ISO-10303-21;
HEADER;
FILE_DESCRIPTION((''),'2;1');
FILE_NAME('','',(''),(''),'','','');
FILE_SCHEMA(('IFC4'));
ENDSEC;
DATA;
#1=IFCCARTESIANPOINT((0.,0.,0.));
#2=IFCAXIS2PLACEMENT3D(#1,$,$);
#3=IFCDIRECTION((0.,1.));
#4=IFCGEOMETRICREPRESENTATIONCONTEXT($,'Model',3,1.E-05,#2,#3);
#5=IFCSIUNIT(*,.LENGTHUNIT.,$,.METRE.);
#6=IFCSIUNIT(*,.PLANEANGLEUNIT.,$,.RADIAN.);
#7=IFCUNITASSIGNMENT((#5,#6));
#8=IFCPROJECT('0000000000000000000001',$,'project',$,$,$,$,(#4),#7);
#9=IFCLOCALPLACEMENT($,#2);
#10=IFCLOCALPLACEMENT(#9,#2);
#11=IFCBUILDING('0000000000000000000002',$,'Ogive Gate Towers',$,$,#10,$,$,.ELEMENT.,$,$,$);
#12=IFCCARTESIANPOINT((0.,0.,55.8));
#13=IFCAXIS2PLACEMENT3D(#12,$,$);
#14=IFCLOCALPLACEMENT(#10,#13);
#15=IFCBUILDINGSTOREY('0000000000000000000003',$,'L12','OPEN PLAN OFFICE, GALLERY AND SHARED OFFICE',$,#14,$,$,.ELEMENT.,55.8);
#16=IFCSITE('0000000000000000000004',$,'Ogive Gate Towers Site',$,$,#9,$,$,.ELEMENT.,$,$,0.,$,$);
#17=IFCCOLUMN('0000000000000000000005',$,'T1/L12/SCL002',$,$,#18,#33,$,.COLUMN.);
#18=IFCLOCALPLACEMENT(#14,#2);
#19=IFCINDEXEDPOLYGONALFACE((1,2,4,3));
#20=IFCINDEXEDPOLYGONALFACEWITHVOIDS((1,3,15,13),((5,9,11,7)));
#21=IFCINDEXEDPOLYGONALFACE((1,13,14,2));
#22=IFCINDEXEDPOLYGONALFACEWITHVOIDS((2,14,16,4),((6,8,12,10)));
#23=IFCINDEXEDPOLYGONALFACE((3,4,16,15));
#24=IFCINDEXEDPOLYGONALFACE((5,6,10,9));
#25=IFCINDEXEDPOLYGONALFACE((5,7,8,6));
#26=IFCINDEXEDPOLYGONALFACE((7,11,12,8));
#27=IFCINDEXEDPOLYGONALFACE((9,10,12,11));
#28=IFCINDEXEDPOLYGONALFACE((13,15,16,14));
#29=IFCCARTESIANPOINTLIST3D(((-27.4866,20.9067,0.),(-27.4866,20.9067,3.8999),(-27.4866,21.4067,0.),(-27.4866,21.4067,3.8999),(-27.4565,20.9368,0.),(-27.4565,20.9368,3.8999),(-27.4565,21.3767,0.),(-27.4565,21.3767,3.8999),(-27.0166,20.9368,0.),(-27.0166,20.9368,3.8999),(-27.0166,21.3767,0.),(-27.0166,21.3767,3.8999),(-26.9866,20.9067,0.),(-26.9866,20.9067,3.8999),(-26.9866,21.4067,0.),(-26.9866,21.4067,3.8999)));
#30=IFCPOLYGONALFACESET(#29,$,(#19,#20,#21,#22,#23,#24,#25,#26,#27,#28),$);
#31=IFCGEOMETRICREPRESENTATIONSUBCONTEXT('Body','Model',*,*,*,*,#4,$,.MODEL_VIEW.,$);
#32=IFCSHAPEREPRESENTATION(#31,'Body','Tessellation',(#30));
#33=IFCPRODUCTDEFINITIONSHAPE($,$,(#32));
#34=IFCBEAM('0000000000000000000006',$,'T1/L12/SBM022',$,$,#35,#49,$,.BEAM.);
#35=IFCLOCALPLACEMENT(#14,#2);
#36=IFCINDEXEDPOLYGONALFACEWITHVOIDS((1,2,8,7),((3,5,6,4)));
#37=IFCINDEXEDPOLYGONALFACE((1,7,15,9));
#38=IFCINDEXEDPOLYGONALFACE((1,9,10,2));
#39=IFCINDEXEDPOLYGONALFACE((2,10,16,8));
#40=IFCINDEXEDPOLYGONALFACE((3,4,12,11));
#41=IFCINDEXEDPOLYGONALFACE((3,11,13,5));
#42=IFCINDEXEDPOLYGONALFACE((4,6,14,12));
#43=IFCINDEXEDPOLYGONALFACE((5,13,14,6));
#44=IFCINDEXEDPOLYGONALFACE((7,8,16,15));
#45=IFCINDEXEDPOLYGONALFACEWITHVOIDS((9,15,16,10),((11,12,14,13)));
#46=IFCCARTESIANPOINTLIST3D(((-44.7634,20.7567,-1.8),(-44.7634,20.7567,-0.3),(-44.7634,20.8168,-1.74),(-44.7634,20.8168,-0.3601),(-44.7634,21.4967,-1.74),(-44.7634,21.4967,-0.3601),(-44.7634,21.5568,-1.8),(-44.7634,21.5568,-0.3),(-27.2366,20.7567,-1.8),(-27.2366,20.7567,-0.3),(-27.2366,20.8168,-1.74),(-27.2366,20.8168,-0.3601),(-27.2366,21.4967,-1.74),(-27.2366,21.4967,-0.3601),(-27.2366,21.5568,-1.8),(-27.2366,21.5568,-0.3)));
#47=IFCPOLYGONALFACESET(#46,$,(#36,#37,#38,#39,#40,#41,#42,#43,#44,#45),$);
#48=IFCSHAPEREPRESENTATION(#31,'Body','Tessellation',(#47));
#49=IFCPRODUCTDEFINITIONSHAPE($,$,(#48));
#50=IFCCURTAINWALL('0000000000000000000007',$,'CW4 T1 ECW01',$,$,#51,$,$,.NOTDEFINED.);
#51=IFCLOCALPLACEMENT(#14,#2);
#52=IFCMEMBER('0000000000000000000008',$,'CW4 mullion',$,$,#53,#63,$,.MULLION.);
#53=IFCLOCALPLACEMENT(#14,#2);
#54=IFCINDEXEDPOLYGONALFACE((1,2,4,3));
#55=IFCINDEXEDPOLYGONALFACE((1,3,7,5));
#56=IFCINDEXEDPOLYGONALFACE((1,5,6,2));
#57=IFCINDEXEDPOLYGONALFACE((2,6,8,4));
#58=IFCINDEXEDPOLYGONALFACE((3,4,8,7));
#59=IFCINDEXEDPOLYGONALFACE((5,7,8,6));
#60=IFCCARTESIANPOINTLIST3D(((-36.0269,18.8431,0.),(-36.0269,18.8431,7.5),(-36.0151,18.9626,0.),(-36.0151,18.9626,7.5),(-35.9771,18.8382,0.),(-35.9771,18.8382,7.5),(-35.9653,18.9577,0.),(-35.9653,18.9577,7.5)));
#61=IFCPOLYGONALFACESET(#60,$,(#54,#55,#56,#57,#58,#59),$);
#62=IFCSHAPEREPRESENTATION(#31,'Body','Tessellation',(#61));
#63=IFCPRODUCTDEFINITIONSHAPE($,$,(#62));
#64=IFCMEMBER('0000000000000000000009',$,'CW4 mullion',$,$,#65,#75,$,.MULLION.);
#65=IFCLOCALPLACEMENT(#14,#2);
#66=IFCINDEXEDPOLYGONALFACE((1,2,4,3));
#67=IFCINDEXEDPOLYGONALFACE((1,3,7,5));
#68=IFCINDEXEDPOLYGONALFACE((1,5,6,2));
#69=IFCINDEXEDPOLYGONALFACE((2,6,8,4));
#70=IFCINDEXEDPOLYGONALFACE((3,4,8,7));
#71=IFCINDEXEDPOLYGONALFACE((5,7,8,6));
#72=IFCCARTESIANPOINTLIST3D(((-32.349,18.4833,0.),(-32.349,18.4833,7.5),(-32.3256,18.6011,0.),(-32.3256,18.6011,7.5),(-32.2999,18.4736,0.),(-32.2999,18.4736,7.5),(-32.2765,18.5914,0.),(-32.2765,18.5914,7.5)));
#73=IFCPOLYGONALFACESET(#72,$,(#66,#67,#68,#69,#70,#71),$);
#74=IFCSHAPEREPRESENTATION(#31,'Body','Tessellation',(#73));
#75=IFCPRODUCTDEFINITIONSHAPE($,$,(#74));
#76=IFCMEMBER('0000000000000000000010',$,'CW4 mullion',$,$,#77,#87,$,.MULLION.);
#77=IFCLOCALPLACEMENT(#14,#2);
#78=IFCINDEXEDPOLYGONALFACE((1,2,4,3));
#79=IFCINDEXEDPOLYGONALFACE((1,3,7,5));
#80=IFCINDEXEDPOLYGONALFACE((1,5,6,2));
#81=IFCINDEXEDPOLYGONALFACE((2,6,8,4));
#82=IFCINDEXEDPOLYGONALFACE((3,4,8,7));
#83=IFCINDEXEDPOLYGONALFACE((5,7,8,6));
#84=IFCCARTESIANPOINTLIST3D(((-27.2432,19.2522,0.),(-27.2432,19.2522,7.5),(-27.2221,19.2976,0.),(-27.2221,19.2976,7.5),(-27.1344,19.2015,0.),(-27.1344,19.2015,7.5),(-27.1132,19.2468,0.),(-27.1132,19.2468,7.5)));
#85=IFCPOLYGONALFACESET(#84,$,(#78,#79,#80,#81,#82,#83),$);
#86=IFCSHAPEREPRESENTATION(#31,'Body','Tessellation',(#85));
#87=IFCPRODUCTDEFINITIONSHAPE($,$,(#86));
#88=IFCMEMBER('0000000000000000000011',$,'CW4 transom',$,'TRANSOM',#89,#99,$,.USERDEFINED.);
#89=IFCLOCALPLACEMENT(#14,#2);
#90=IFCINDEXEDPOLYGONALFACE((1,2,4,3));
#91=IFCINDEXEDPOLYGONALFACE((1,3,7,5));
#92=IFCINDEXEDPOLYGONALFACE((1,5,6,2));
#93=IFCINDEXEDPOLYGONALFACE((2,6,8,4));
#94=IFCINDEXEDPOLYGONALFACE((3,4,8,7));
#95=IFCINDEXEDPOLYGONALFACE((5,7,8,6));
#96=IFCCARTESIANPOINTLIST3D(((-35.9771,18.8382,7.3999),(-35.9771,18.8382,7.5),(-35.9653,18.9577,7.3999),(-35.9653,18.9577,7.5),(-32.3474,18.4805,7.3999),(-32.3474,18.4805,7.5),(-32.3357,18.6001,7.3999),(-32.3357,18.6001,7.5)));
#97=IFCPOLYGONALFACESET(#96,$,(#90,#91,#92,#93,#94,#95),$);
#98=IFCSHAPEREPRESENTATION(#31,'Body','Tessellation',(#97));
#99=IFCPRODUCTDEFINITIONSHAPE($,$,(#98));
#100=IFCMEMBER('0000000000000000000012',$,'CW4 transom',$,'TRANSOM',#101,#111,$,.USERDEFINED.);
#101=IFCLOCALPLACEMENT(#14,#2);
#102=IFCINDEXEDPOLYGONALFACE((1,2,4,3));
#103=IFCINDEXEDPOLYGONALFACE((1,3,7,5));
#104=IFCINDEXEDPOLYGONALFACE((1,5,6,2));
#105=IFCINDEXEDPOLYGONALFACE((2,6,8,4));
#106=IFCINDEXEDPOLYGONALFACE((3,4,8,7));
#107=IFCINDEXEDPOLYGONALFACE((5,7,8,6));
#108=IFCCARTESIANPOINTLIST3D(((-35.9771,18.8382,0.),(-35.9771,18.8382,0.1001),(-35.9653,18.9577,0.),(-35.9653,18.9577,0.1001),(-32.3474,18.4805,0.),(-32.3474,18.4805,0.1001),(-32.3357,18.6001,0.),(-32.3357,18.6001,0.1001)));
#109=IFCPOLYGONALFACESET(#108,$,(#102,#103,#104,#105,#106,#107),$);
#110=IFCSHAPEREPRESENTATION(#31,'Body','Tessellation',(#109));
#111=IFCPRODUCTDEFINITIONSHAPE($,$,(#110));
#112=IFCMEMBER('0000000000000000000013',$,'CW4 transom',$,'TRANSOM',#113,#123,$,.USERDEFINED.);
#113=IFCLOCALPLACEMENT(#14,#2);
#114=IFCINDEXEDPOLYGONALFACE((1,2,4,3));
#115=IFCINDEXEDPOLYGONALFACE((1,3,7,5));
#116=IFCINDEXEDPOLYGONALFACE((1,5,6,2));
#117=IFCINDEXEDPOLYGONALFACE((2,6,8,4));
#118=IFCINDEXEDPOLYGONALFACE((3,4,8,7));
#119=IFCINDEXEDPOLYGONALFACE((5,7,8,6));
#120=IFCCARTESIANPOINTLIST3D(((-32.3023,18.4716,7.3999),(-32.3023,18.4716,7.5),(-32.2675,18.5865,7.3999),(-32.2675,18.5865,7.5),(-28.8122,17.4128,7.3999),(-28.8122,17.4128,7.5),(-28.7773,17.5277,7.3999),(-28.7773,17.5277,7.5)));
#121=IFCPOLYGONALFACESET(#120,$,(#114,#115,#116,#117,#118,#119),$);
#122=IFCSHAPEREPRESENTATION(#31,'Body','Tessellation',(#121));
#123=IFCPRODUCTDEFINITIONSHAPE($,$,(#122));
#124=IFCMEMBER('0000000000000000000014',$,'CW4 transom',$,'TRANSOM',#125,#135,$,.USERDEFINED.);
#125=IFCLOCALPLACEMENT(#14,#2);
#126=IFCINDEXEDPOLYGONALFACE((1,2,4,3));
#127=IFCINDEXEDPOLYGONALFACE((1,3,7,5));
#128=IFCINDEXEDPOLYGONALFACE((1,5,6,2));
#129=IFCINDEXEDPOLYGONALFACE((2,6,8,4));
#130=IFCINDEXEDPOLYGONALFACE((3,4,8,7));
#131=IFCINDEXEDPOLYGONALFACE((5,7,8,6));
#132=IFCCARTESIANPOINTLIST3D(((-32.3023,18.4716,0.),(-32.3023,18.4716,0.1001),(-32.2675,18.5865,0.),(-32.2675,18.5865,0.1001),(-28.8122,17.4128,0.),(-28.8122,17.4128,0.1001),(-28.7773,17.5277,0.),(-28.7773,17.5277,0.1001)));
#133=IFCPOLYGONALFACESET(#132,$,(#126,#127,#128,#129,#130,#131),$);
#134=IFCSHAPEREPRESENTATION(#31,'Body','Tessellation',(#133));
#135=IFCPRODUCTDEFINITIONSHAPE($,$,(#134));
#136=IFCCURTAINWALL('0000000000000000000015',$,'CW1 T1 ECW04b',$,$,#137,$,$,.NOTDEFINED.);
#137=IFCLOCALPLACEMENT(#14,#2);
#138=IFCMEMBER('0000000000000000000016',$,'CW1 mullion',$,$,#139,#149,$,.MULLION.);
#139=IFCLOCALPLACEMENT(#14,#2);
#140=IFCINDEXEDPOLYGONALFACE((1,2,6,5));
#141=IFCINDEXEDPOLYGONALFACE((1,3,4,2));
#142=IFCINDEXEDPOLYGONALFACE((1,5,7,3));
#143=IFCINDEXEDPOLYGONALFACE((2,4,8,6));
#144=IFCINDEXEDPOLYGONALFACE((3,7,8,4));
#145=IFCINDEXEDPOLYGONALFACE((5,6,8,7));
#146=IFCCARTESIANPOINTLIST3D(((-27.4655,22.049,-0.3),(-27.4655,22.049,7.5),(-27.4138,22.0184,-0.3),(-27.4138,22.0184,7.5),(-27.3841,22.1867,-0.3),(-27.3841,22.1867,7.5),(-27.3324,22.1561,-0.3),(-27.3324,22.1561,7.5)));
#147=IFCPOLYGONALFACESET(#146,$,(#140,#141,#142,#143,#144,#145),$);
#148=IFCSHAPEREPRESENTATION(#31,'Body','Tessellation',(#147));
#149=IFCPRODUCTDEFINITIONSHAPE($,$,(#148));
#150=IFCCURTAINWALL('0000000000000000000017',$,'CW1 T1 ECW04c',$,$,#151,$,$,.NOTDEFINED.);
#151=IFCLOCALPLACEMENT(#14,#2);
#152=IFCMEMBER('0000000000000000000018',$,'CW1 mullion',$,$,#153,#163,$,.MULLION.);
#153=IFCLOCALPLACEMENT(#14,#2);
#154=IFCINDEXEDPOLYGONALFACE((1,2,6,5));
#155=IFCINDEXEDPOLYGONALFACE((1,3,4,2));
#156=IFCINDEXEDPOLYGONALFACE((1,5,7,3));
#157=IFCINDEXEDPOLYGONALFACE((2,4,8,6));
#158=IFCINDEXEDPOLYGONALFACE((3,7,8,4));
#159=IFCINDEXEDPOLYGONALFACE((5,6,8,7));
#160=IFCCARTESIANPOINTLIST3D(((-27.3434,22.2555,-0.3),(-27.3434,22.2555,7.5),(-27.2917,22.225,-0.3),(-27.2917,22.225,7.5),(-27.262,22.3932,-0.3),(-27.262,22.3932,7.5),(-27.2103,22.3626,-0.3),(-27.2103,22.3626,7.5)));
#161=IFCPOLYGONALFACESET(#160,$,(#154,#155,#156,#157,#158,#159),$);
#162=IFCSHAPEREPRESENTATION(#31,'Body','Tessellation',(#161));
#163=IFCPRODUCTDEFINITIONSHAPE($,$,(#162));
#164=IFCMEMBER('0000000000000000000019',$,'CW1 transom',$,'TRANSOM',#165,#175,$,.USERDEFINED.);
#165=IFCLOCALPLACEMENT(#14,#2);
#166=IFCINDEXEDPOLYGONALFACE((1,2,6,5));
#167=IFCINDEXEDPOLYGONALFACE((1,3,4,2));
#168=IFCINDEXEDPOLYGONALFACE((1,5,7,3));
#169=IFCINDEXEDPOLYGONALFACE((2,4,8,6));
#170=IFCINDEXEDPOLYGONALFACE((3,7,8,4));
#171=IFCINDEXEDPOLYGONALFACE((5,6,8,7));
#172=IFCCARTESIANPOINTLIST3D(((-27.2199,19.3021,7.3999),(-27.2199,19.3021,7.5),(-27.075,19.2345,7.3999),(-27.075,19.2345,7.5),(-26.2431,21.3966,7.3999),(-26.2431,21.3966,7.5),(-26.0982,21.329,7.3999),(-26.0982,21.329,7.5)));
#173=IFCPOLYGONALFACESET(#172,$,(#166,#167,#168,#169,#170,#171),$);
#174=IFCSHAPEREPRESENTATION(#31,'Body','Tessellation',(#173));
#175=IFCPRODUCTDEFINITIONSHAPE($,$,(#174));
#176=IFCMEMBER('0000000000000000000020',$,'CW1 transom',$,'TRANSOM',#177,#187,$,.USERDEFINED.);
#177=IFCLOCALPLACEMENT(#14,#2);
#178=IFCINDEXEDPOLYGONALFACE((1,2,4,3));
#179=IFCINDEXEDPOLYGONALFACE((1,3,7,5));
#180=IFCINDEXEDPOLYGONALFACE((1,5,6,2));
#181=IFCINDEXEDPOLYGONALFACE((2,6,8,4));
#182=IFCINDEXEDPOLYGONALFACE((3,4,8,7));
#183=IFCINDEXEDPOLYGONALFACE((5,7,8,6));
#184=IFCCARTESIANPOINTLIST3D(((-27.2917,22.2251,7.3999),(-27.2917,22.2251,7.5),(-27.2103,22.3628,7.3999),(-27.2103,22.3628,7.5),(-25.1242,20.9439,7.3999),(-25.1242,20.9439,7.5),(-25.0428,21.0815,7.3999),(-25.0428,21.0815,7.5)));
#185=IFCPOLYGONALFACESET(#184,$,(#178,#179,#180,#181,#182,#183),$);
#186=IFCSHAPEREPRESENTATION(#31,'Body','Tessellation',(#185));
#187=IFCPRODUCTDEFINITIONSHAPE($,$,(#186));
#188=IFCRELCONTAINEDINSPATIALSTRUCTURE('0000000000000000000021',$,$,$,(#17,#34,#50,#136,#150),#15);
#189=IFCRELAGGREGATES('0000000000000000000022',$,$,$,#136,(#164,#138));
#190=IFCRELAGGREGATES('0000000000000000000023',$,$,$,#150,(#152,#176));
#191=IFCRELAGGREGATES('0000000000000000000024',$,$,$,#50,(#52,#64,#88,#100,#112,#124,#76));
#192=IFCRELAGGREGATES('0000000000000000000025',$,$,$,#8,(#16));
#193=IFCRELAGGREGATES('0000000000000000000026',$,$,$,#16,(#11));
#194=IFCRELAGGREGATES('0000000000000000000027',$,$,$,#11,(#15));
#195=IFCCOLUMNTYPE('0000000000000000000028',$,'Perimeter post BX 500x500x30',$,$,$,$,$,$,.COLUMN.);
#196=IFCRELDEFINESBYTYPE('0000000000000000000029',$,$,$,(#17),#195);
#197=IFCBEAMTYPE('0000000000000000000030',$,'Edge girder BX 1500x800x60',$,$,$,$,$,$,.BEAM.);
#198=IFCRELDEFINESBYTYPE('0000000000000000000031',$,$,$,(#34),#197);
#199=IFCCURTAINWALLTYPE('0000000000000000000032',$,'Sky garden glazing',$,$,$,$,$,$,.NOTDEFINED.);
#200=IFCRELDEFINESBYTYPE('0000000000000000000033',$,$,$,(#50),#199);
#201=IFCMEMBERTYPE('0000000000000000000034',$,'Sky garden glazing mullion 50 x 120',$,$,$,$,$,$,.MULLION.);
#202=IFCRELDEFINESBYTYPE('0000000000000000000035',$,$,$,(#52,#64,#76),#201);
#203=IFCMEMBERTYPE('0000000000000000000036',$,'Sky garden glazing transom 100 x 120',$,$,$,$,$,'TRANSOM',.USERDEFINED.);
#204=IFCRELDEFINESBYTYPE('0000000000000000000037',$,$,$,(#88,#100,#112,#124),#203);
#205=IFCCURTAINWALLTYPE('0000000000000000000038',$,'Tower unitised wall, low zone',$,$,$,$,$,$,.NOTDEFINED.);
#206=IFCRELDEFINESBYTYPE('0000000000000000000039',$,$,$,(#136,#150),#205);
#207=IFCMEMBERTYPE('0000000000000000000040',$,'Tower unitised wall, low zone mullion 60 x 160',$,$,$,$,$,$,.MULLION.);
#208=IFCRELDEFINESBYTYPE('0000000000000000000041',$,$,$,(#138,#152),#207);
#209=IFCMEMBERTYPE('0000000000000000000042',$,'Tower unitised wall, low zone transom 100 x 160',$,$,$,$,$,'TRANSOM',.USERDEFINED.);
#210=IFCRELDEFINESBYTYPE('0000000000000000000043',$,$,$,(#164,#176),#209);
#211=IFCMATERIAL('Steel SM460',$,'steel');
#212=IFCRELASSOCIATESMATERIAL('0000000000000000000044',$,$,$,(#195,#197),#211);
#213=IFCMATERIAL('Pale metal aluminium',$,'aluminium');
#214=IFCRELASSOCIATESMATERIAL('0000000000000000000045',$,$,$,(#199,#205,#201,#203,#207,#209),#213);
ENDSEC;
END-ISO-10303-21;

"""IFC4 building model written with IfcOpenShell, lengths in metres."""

from ifc_helpers import new_model, si_unit, direction, frame, origin, origin_2d, place, context, subcontext, project, spatial, rectangle, hollow_rectangle, extrude, material, material_profile, profile_set, type_object, element, aggregate, save


model = new_model("IFC4")

# Units and contexts
model_context = context("Model", 3, precision=1e-05, world=origin(), true_north=direction((0.0, 1.0)))
body_context = subcontext(model_context, "Body", "Model", "MODEL_VIEW")
ifc_project = project(units=[si_unit("LENGTHUNIT", "METRE"), si_unit("PLANEANGLEUNIT", "RADIAN")], contexts=[model_context])

# Site, building, storey
site_placement = place(None, origin())
site = spatial("IfcSite", under=ifc_project, at=site_placement, Name="Ogive Gate Towers Site", CompositionType="ELEMENT", RefElevation=0.0)
building_placement = place(site_placement, origin())
building = spatial("IfcBuilding", under=site, at=building_placement, Name="Ogive Gate Towers", CompositionType="ELEMENT")
storey_placement = place(building_placement, frame((0.0, 0.0, 55.8)))
storey = spatial("IfcBuildingStorey", under=building, at=storey_placement, Name="L12", Description="OPEN PLAN OFFICE, GALLERY AND SHARED OFFICE", CompositionType="ELEMENT", Elevation=55.8)

# Column
ifc_material_1 = material(Name="Steel SM460", Category="steel")
ifc_material_profile_1 = material_profile(ifc_material_1, hollow_rectangle(XDim=0.5, YDim=0.5, WallThickness=0.03, at=origin_2d()), Name="BX 500x500x30")
ifc_profile_set_1 = profile_set([ifc_material_profile_1], Name="Steel SM460")
column_type = type_object("IfcColumnType", Name="Perimeter post BX 500x500x30", PredefinedType="COLUMN", material=ifc_profile_set_1)
column_placement = place(storey_placement, frame((-27.2366, 21.1567, 0.0), z_axis=(0.0, 0.0, 1.0), x_axis=(1.0, 0.0, 0.0)))
element("IfcColumn", 1, at=column_placement, inside=storey, type_object=column_type, Name="T1/L12/SCL002", PredefinedType="COLUMN", context=body_context, shape_type="SweptSolid", body=[
    extrude(hollow_rectangle(XDim=0.5, YDim=0.5, WallThickness=0.03, at=origin_2d()), origin(), (0.0, 0.0, 1.0), 3.8999),
])

# Beam
ifc_material_profile_2 = material_profile(ifc_material_1, hollow_rectangle(XDim=0.8, YDim=1.5, WallThickness=0.0601, at=origin_2d()), Name="BX 1500x800x60")
ifc_profile_set_2 = profile_set([ifc_material_profile_2], Name="Steel SM460")
beam_type = type_object("IfcBeamType", Name="Edge girder BX 1500x800x60", PredefinedType="BEAM", material=ifc_profile_set_2)
beam_placement = place(storey_placement, frame((-27.2366, 21.1567, -1.05), z_axis=(-1.0, 0.0, 0.0), x_axis=(0.0, -1.0, 0.0)))
element("IfcBeam", 2, at=beam_placement, inside=storey, type_object=beam_type, Name="T1/L12/SBM022", PredefinedType="BEAM", context=body_context, shape_type="SweptSolid", body=[
    extrude(hollow_rectangle(XDim=0.8, YDim=1.5, WallThickness=0.0601, at=origin_2d()), origin(), (0.0, 0.0, 1.0), 17.5269),
])

# Curtain wall, members
ifc_material_2 = material(Name="Pale metal aluminium", Category="aluminium")
curtain_wall_type_1 = type_object("IfcCurtainWallType", Name="Sky garden glazing", PredefinedType="NOTDEFINED", material=ifc_material_2)
curtain_wall_1_placement = place(storey_placement, origin())
curtain_wall_1 = element("IfcCurtainWall", 3, at=curtain_wall_1_placement, inside=storey, type_object=curtain_wall_type_1, Name="CW4 T1 ECW01", PredefinedType="NOTDEFINED")
ifc_material_profile_3 = material_profile(ifc_material_2, rectangle(XDim=0.1201, YDim=0.05, at=origin_2d()), Name="50 x 120 aluminium box")
ifc_profile_set_3 = profile_set([ifc_material_profile_3], Name="Pale metal aluminium")
member_type_1 = type_object("IfcMemberType", Name="Sky garden glazing mullion 50 x 120", PredefinedType="MULLION", material=ifc_profile_set_3)
member_1_placement = place(storey_placement, frame((-35.9961, 18.9004, 0.0), z_axis=(0.0, 0.0, 1.0), x_axis=(-0.098017, -0.995185, 0.0)))
member_1 = element("IfcMember", 4, at=member_1_placement, type_object=member_type_1, Name="CW4 mullion", PredefinedType="MULLION", context=body_context, shape_type="SweptSolid", body=[
    extrude(rectangle(XDim=0.1201, YDim=0.05, at=origin_2d()), origin(), (0.0, 0.0, 1.0), 7.5),
])
member_2_placement = place(storey_placement, frame((-32.3127, 18.5374, 0.0), z_axis=(0.0, 0.0, 1.0), x_axis=(-0.19509, -0.980785, 0.0)))
member_2 = element("IfcMember", 5, at=member_2_placement, type_object=member_type_1, Name="CW4 mullion", PredefinedType="MULLION", context=body_context, shape_type="SweptSolid", body=[
    extrude(rectangle(XDim=0.1201, YDim=0.05, at=origin_2d()), origin(), (0.0, 0.0, 1.0), 7.5),
])
member_3_placement = place(storey_placement, frame((-27.1782, 19.2495, 0.0), z_axis=(0.0, 0.0, 1.0), x_axis=(0.906308, -0.422618, 0.0)))
member_3 = element("IfcMember", 6, at=member_3_placement, type_object=member_type_1, Name="CW4 mullion", PredefinedType="MULLION", context=body_context, shape_type="SweptSolid", body=[
    extrude(rectangle(XDim=0.1201, YDim=0.05, at=origin_2d()), origin(), (0.0, 0.0, 1.0), 7.5),
])
ifc_material_profile_4 = material_profile(ifc_material_2, rectangle(XDim=0.1201, YDim=0.1001, at=origin_2d()), Name="100 x 120 aluminium box")
ifc_profile_set_4 = profile_set([ifc_material_profile_4], Name="Pale metal aluminium")
member_type_2 = type_object("IfcMemberType", Name="Sky garden glazing transom 100 x 120", ElementType="TRANSOM", PredefinedType="USERDEFINED", material=ifc_profile_set_4)
member_4_placement = place(storey_placement, frame((-35.9712, 18.8979, 7.45), z_axis=(0.99518, -0.098065, 0.0), x_axis=(0.098065, 0.99518, 0.0)))
member_4 = element("IfcMember", 7, at=member_4_placement, type_object=member_type_2, Name="CW4 transom", ObjectType="TRANSOM", PredefinedType="USERDEFINED", context=body_context, shape_type="SweptSolid", body=[
    extrude(rectangle(XDim=0.1201, YDim=0.1001, at=origin_2d()), origin(), (0.0, 0.0, 1.0), 3.6472),
])
member_5_placement = place(storey_placement, frame((-35.9712, 18.8979, 0.05), z_axis=(0.99518, -0.098065, 0.0), x_axis=(0.098065, 0.99518, 0.0)))
member_5 = element("IfcMember", 8, at=member_5_placement, type_object=member_type_2, Name="CW4 transom", ObjectType="TRANSOM", PredefinedType="USERDEFINED", context=body_context, shape_type="SweptSolid", body=[
    extrude(rectangle(XDim=0.1201, YDim=0.1001, at=origin_2d()), origin(), (0.0, 0.0, 1.0), 3.6472),
])
member_6_placement = place(storey_placement, frame((-32.2849, 18.5291, 7.45), z_axis=(0.956934, -0.290306, 0.0), x_axis=(0.290306, 0.956934, 0.0)))
member_6 = element("IfcMember", 9, at=member_6_placement, type_object=member_type_2, Name="CW4 transom", ObjectType="TRANSOM", PredefinedType="USERDEFINED", context=body_context, shape_type="SweptSolid", body=[
    extrude(rectangle(XDim=0.1201, YDim=0.1001, at=origin_2d()), origin(), (0.0, 0.0, 1.0), 3.6472),
])
member_7_placement = place(storey_placement, frame((-32.2849, 18.5291, 0.05), z_axis=(0.956934, -0.290306, 0.0), x_axis=(0.290306, 0.956934, 0.0)))
member_7 = element("IfcMember", 10, at=member_7_placement, type_object=member_type_2, Name="CW4 transom", ObjectType="TRANSOM", PredefinedType="USERDEFINED", context=body_context, shape_type="SweptSolid", body=[
    extrude(rectangle(XDim=0.1201, YDim=0.1001, at=origin_2d()), origin(), (0.0, 0.0, 1.0), 3.6472),
])

# Curtain walls, members
curtain_wall_type_2 = type_object("IfcCurtainWallType", Name="Tower unitised wall, low zone", PredefinedType="NOTDEFINED", material=ifc_material_2)
curtain_wall_2_placement = place(storey_placement, origin())
curtain_wall_2 = element("IfcCurtainWall", 11, at=curtain_wall_2_placement, inside=storey, type_object=curtain_wall_type_2, Name="CW1 T1 ECW04b", PredefinedType="NOTDEFINED")
ifc_material_profile_5 = material_profile(ifc_material_2, rectangle(XDim=0.1599, YDim=0.0601, at=origin_2d()), Name="60 x 160 aluminium box")
ifc_profile_set_5 = profile_set([ifc_material_profile_5], Name="Pale metal aluminium")
member_type_3 = type_object("IfcMemberType", Name="Tower unitised wall, low zone mullion 60 x 160", PredefinedType="MULLION", material=ifc_profile_set_5)
member_8_placement = place(storey_placement, frame((-27.3989, 22.1025, -0.3), z_axis=(0.0, 0.0, 1.0), x_axis=(0.508786, 0.860893, 0.0)))
member_8 = element("IfcMember", 12, at=member_8_placement, type_object=member_type_3, Name="CW1 mullion", PredefinedType="MULLION", context=body_context, shape_type="SweptSolid", body=[
    extrude(rectangle(XDim=0.1599, YDim=0.0601, at=origin_2d()), origin(), (0.0, 0.0, 1.0), 7.8),
])
curtain_wall_3_placement = place(storey_placement, origin())
curtain_wall_3 = element("IfcCurtainWall", 13, at=curtain_wall_3_placement, inside=storey, type_object=curtain_wall_type_2, Name="CW1 T1 ECW04c", PredefinedType="NOTDEFINED")
member_9_placement = place(storey_placement, frame((-27.2769, 22.3091, -0.3), z_axis=(0.0, 0.0, 1.0), x_axis=(-0.508801, -0.860884, 0.0)))
member_9 = element("IfcMember", 14, at=member_9_placement, type_object=member_type_3, Name="CW1 mullion", PredefinedType="MULLION", context=body_context, shape_type="SweptSolid", body=[
    extrude(rectangle(XDim=0.1599, YDim=0.0601, at=origin_2d()), origin(), (0.0, 0.0, 1.0), 7.8),
])

# Members
ifc_material_profile_6 = material_profile(ifc_material_2, rectangle(XDim=0.1599, YDim=0.1001, at=origin_2d()), Name="100 x 160 aluminium box")
ifc_profile_set_6 = profile_set([ifc_material_profile_6], Name="Pale metal aluminium")
member_type_4 = type_object("IfcMemberType", Name="Tower unitised wall, low zone transom 100 x 160", ElementType="TRANSOM", PredefinedType="USERDEFINED", material=ifc_profile_set_6)
member_10_placement = place(storey_placement, frame((-27.1475, 19.2683, 7.45), z_axis=(0.422666, 0.906286, 0.0), x_axis=(-0.906286, 0.422666, 0.0)))
member_10 = element("IfcMember", 15, at=member_10_placement, type_object=member_type_4, Name="CW1 transom", ObjectType="TRANSOM", PredefinedType="USERDEFINED", context=body_context, shape_type="SweptSolid", body=[
    extrude(rectangle(XDim=0.1599, YDim=0.1001, at=origin_2d()), origin(), (0.0, 0.0, 1.0), 2.311),
])
aggregate(curtain_wall_2, [member_10, member_8])
member_11_placement = place(storey_placement, frame((-27.251, 22.2939, 7.45), z_axis=(0.860845, -0.508867, 0.0), x_axis=(0.508867, 0.860845, 0.0)))
member_11 = element("IfcMember", 16, at=member_11_placement, type_object=member_type_4, Name="CW1 transom", ObjectType="TRANSOM", PredefinedType="USERDEFINED", context=body_context, shape_type="SweptSolid", body=[
    extrude(rectangle(XDim=0.1599, YDim=0.1001, at=origin_2d()), origin(), (0.0, 0.0, 1.0), 2.5178),
])
aggregate(curtain_wall_3, [member_9, member_11])

aggregate(curtain_wall_1, [member_1, member_2, member_4, member_5, member_6, member_7, member_3])

save(model, "model.ifc")
